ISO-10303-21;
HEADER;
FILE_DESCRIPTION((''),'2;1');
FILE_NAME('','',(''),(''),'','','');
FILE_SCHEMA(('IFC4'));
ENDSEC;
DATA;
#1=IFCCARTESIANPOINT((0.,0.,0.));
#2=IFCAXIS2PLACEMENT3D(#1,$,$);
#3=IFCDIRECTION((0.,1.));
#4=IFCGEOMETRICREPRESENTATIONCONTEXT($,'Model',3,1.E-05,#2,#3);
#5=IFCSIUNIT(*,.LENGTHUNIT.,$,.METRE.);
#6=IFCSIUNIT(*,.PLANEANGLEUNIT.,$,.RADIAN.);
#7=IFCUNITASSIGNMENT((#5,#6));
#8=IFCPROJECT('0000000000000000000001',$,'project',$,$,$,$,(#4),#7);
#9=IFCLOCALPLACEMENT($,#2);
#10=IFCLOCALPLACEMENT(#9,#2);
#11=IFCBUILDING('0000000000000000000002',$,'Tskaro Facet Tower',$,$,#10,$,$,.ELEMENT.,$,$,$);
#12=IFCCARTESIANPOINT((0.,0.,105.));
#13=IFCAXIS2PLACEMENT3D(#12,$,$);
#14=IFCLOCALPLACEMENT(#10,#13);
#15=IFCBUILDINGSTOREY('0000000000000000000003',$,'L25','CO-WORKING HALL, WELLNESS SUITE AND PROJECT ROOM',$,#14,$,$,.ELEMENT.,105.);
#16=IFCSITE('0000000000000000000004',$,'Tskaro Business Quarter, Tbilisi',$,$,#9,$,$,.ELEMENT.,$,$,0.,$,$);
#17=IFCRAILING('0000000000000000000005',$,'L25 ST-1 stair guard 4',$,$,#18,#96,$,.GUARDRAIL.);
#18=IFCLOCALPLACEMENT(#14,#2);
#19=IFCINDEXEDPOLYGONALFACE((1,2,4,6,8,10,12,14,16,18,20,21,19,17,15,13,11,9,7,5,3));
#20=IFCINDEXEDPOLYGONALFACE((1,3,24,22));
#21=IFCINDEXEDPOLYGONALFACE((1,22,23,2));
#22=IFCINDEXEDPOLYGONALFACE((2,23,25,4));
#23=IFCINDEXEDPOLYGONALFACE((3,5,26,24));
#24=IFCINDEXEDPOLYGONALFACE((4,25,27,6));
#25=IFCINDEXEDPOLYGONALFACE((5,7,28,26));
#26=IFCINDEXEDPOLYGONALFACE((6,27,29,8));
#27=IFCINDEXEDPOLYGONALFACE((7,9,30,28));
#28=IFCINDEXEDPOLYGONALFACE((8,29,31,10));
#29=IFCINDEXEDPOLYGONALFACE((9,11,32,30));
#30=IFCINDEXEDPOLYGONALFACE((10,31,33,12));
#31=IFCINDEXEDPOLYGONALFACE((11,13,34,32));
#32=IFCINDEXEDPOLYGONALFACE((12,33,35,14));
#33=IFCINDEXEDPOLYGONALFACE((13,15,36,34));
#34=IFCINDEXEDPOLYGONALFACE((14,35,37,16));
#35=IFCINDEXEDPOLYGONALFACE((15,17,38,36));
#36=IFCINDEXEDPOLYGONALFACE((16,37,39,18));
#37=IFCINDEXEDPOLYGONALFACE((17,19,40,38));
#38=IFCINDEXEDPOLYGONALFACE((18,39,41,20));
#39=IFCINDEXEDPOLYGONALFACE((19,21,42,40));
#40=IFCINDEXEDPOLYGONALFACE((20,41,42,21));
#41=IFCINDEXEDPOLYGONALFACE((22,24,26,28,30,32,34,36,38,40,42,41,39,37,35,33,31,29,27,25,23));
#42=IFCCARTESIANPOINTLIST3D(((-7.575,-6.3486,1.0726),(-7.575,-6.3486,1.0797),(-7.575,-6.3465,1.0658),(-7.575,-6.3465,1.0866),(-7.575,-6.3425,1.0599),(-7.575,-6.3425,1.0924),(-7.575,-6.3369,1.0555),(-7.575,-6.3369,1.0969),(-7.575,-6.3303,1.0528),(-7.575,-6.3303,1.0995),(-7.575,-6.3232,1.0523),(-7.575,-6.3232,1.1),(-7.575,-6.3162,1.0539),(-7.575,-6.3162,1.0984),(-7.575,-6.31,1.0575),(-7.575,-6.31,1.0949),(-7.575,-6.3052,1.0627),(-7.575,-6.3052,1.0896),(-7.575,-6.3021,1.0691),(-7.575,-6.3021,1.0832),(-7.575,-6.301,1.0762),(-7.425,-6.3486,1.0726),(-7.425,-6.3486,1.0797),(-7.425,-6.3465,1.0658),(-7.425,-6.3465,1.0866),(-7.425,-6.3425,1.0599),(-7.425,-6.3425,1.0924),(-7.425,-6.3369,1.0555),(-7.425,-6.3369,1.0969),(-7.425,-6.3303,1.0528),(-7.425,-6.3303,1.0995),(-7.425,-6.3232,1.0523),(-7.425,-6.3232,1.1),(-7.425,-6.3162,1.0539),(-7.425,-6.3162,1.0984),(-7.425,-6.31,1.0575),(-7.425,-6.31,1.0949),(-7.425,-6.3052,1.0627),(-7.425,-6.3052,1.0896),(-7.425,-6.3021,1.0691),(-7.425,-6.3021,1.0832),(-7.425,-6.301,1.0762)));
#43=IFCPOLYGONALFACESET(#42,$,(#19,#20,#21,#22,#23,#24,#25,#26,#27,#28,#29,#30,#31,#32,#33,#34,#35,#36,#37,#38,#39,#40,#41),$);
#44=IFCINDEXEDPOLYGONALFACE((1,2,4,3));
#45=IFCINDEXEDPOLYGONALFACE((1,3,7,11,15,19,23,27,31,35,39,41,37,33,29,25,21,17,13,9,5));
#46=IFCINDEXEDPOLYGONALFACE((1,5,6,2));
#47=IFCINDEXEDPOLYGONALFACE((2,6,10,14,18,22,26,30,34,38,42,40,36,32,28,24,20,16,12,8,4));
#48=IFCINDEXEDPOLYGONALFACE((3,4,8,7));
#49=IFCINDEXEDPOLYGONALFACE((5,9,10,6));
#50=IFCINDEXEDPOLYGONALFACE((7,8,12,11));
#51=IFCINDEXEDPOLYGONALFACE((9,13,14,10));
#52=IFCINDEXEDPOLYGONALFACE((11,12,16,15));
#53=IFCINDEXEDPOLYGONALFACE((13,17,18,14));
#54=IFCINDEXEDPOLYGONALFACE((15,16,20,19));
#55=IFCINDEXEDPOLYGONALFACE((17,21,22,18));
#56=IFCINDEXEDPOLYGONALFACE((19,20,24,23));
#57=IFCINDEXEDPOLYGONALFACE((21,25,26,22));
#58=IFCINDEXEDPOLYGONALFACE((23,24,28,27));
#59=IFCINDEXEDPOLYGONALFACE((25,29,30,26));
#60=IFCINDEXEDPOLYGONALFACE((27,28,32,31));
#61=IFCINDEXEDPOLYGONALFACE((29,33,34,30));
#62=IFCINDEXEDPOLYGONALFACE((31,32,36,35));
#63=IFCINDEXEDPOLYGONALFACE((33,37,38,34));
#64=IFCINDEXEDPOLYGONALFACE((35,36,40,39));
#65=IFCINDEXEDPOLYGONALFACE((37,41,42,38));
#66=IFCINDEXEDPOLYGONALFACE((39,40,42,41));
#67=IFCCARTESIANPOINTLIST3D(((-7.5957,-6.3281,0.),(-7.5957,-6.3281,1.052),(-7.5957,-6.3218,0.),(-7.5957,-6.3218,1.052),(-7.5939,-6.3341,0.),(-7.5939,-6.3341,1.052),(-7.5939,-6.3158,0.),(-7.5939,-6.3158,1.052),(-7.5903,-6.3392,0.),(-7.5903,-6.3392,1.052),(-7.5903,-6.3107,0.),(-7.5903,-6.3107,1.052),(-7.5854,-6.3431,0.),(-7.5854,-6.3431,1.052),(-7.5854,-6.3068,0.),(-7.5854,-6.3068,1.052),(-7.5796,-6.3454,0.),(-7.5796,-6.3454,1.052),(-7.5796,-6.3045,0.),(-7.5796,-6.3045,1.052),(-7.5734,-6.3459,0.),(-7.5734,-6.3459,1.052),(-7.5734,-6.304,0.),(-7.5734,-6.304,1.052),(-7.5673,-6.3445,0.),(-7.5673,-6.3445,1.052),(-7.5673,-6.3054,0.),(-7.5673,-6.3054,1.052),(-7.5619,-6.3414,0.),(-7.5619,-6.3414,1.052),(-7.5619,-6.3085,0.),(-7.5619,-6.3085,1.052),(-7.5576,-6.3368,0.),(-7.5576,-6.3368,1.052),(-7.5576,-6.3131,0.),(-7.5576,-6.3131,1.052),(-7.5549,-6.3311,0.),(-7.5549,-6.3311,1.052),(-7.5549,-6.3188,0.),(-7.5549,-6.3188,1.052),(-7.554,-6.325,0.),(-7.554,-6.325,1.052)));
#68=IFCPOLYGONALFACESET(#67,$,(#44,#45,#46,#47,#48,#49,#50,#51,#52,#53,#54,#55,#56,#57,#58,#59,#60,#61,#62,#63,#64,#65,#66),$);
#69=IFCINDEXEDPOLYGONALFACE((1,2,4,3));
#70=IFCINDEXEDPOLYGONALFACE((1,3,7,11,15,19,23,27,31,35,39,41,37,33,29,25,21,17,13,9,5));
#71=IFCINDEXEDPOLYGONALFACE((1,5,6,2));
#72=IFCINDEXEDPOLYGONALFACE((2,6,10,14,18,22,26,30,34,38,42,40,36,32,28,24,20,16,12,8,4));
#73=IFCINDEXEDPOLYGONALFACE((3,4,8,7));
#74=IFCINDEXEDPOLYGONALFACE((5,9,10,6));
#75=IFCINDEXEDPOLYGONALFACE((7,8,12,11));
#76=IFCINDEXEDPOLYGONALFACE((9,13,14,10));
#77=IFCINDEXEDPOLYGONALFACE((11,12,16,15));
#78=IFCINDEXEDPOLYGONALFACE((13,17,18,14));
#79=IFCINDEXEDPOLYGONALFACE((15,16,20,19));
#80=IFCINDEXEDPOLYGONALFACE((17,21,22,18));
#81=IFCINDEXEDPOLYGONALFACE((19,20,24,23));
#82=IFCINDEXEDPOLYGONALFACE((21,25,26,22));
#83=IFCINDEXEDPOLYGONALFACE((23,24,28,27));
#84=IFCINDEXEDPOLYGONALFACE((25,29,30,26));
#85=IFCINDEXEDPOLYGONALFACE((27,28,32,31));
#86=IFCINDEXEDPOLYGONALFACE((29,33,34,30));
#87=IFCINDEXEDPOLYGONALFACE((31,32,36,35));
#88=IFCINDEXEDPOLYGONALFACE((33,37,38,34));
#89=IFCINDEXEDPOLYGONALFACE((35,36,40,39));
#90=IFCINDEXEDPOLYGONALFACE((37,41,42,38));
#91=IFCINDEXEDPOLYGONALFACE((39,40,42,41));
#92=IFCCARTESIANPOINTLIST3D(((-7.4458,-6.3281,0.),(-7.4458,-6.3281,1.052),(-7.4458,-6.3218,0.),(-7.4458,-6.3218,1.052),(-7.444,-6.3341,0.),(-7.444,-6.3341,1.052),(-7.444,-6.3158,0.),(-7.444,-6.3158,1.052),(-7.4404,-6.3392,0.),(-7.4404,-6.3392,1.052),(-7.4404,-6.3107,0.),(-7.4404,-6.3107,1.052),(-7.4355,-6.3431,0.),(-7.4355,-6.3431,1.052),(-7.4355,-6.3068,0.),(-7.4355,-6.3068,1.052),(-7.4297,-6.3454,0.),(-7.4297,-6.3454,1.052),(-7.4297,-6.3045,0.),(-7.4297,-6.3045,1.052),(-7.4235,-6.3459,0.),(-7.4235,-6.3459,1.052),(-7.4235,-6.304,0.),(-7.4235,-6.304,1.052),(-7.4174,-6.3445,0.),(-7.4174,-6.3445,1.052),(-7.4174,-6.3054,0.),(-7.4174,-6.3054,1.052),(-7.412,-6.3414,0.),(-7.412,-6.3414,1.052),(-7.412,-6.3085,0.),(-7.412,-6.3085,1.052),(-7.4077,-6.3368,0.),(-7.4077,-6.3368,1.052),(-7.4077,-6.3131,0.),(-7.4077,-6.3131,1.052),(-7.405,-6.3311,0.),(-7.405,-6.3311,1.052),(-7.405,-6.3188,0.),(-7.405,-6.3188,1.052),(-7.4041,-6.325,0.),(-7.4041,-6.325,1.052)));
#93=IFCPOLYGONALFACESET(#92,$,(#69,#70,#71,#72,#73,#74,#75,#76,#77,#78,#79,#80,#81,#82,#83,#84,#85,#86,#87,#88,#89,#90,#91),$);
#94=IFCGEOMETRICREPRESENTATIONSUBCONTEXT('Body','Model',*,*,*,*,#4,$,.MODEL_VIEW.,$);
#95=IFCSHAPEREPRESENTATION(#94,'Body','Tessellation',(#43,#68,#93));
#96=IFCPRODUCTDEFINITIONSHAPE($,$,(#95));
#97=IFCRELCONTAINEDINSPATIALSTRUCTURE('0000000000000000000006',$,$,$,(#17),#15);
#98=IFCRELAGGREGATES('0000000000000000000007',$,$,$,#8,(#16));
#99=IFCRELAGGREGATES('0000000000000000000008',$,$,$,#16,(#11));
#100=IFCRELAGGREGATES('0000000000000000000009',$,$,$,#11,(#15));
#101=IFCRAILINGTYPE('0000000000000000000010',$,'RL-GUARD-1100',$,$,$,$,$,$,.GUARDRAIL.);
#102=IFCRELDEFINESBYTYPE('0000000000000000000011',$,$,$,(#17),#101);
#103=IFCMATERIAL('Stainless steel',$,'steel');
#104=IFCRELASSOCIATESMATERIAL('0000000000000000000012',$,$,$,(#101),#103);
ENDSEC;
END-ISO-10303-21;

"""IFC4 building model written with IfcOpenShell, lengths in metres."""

from ifc_helpers import new_model, si_unit, direction, frame, origin, origin_2d, place, context, subcontext, project, spatial, circle, extrude, material, type_object, element, save


model = new_model("IFC4")

# Units and contexts
model_context = context("Model", 3, precision=1e-05, world=origin(), true_north=direction((0.0, 1.0)))
body_context = subcontext(model_context, "Body", "Model", "MODEL_VIEW")
ifc_project = project(units=[si_unit("LENGTHUNIT", "METRE"), si_unit("PLANEANGLEUNIT", "RADIAN")], contexts=[model_context])

# Site, building, storey
site_placement = place(None, origin())
site = spatial("IfcSite", under=ifc_project, at=site_placement, Name="Tskaro Business Quarter, Tbilisi", CompositionType="ELEMENT", RefElevation=0.0)
building_placement = place(site_placement, origin())
building = spatial("IfcBuilding", under=site, at=building_placement, Name="Tskaro Facet Tower", CompositionType="ELEMENT")
storey_placement = place(building_placement, frame((0.0, 0.0, 105.0)))
storey = spatial("IfcBuildingStorey", under=building, at=storey_placement, Name="L25", Description="CO-WORKING HALL, WELLNESS SUITE AND PROJECT ROOM", CompositionType="ELEMENT", Elevation=105.0)

# Shared definitions
ifc_material_1 = material(Name="Stainless steel", Category="steel")

# Railing
railing_type_1 = type_object("IfcRailingType", Name="RL-GUARD-1100", PredefinedType="GUARDRAIL", material=ifc_material_1)
railing_1_placement = place(storey_placement, frame((-7.575, -6.325, 0.0)))
element("IfcRailing", 1, at=railing_1_placement, inside=storey, type_object=railing_type_1, Name="L25 ST-1 stair guard 4", PredefinedType="GUARDRAIL", context=body_context, shape_type="SweptSolid", body=[
    extrude(circle(Radius=0.0239, at=origin_2d()), frame((0.0, 0.0, 1.0762), z_axis=(1.0, 0.0, 0.0), x_axis=(0.0, 1.0, 0.0)), (0.0, 0.0, 1.0), 0.1499),
    extrude(circle(Radius=0.021, at=origin_2d()), origin(), (0.0, 0.0, 1.0), 1.052),
    extrude(circle(Radius=0.021, at=origin_2d()), frame((0.1499, 0.0, 0.0)), (0.0, 0.0, 1.0), 1.052),
])

save(model, "model.ifc")
